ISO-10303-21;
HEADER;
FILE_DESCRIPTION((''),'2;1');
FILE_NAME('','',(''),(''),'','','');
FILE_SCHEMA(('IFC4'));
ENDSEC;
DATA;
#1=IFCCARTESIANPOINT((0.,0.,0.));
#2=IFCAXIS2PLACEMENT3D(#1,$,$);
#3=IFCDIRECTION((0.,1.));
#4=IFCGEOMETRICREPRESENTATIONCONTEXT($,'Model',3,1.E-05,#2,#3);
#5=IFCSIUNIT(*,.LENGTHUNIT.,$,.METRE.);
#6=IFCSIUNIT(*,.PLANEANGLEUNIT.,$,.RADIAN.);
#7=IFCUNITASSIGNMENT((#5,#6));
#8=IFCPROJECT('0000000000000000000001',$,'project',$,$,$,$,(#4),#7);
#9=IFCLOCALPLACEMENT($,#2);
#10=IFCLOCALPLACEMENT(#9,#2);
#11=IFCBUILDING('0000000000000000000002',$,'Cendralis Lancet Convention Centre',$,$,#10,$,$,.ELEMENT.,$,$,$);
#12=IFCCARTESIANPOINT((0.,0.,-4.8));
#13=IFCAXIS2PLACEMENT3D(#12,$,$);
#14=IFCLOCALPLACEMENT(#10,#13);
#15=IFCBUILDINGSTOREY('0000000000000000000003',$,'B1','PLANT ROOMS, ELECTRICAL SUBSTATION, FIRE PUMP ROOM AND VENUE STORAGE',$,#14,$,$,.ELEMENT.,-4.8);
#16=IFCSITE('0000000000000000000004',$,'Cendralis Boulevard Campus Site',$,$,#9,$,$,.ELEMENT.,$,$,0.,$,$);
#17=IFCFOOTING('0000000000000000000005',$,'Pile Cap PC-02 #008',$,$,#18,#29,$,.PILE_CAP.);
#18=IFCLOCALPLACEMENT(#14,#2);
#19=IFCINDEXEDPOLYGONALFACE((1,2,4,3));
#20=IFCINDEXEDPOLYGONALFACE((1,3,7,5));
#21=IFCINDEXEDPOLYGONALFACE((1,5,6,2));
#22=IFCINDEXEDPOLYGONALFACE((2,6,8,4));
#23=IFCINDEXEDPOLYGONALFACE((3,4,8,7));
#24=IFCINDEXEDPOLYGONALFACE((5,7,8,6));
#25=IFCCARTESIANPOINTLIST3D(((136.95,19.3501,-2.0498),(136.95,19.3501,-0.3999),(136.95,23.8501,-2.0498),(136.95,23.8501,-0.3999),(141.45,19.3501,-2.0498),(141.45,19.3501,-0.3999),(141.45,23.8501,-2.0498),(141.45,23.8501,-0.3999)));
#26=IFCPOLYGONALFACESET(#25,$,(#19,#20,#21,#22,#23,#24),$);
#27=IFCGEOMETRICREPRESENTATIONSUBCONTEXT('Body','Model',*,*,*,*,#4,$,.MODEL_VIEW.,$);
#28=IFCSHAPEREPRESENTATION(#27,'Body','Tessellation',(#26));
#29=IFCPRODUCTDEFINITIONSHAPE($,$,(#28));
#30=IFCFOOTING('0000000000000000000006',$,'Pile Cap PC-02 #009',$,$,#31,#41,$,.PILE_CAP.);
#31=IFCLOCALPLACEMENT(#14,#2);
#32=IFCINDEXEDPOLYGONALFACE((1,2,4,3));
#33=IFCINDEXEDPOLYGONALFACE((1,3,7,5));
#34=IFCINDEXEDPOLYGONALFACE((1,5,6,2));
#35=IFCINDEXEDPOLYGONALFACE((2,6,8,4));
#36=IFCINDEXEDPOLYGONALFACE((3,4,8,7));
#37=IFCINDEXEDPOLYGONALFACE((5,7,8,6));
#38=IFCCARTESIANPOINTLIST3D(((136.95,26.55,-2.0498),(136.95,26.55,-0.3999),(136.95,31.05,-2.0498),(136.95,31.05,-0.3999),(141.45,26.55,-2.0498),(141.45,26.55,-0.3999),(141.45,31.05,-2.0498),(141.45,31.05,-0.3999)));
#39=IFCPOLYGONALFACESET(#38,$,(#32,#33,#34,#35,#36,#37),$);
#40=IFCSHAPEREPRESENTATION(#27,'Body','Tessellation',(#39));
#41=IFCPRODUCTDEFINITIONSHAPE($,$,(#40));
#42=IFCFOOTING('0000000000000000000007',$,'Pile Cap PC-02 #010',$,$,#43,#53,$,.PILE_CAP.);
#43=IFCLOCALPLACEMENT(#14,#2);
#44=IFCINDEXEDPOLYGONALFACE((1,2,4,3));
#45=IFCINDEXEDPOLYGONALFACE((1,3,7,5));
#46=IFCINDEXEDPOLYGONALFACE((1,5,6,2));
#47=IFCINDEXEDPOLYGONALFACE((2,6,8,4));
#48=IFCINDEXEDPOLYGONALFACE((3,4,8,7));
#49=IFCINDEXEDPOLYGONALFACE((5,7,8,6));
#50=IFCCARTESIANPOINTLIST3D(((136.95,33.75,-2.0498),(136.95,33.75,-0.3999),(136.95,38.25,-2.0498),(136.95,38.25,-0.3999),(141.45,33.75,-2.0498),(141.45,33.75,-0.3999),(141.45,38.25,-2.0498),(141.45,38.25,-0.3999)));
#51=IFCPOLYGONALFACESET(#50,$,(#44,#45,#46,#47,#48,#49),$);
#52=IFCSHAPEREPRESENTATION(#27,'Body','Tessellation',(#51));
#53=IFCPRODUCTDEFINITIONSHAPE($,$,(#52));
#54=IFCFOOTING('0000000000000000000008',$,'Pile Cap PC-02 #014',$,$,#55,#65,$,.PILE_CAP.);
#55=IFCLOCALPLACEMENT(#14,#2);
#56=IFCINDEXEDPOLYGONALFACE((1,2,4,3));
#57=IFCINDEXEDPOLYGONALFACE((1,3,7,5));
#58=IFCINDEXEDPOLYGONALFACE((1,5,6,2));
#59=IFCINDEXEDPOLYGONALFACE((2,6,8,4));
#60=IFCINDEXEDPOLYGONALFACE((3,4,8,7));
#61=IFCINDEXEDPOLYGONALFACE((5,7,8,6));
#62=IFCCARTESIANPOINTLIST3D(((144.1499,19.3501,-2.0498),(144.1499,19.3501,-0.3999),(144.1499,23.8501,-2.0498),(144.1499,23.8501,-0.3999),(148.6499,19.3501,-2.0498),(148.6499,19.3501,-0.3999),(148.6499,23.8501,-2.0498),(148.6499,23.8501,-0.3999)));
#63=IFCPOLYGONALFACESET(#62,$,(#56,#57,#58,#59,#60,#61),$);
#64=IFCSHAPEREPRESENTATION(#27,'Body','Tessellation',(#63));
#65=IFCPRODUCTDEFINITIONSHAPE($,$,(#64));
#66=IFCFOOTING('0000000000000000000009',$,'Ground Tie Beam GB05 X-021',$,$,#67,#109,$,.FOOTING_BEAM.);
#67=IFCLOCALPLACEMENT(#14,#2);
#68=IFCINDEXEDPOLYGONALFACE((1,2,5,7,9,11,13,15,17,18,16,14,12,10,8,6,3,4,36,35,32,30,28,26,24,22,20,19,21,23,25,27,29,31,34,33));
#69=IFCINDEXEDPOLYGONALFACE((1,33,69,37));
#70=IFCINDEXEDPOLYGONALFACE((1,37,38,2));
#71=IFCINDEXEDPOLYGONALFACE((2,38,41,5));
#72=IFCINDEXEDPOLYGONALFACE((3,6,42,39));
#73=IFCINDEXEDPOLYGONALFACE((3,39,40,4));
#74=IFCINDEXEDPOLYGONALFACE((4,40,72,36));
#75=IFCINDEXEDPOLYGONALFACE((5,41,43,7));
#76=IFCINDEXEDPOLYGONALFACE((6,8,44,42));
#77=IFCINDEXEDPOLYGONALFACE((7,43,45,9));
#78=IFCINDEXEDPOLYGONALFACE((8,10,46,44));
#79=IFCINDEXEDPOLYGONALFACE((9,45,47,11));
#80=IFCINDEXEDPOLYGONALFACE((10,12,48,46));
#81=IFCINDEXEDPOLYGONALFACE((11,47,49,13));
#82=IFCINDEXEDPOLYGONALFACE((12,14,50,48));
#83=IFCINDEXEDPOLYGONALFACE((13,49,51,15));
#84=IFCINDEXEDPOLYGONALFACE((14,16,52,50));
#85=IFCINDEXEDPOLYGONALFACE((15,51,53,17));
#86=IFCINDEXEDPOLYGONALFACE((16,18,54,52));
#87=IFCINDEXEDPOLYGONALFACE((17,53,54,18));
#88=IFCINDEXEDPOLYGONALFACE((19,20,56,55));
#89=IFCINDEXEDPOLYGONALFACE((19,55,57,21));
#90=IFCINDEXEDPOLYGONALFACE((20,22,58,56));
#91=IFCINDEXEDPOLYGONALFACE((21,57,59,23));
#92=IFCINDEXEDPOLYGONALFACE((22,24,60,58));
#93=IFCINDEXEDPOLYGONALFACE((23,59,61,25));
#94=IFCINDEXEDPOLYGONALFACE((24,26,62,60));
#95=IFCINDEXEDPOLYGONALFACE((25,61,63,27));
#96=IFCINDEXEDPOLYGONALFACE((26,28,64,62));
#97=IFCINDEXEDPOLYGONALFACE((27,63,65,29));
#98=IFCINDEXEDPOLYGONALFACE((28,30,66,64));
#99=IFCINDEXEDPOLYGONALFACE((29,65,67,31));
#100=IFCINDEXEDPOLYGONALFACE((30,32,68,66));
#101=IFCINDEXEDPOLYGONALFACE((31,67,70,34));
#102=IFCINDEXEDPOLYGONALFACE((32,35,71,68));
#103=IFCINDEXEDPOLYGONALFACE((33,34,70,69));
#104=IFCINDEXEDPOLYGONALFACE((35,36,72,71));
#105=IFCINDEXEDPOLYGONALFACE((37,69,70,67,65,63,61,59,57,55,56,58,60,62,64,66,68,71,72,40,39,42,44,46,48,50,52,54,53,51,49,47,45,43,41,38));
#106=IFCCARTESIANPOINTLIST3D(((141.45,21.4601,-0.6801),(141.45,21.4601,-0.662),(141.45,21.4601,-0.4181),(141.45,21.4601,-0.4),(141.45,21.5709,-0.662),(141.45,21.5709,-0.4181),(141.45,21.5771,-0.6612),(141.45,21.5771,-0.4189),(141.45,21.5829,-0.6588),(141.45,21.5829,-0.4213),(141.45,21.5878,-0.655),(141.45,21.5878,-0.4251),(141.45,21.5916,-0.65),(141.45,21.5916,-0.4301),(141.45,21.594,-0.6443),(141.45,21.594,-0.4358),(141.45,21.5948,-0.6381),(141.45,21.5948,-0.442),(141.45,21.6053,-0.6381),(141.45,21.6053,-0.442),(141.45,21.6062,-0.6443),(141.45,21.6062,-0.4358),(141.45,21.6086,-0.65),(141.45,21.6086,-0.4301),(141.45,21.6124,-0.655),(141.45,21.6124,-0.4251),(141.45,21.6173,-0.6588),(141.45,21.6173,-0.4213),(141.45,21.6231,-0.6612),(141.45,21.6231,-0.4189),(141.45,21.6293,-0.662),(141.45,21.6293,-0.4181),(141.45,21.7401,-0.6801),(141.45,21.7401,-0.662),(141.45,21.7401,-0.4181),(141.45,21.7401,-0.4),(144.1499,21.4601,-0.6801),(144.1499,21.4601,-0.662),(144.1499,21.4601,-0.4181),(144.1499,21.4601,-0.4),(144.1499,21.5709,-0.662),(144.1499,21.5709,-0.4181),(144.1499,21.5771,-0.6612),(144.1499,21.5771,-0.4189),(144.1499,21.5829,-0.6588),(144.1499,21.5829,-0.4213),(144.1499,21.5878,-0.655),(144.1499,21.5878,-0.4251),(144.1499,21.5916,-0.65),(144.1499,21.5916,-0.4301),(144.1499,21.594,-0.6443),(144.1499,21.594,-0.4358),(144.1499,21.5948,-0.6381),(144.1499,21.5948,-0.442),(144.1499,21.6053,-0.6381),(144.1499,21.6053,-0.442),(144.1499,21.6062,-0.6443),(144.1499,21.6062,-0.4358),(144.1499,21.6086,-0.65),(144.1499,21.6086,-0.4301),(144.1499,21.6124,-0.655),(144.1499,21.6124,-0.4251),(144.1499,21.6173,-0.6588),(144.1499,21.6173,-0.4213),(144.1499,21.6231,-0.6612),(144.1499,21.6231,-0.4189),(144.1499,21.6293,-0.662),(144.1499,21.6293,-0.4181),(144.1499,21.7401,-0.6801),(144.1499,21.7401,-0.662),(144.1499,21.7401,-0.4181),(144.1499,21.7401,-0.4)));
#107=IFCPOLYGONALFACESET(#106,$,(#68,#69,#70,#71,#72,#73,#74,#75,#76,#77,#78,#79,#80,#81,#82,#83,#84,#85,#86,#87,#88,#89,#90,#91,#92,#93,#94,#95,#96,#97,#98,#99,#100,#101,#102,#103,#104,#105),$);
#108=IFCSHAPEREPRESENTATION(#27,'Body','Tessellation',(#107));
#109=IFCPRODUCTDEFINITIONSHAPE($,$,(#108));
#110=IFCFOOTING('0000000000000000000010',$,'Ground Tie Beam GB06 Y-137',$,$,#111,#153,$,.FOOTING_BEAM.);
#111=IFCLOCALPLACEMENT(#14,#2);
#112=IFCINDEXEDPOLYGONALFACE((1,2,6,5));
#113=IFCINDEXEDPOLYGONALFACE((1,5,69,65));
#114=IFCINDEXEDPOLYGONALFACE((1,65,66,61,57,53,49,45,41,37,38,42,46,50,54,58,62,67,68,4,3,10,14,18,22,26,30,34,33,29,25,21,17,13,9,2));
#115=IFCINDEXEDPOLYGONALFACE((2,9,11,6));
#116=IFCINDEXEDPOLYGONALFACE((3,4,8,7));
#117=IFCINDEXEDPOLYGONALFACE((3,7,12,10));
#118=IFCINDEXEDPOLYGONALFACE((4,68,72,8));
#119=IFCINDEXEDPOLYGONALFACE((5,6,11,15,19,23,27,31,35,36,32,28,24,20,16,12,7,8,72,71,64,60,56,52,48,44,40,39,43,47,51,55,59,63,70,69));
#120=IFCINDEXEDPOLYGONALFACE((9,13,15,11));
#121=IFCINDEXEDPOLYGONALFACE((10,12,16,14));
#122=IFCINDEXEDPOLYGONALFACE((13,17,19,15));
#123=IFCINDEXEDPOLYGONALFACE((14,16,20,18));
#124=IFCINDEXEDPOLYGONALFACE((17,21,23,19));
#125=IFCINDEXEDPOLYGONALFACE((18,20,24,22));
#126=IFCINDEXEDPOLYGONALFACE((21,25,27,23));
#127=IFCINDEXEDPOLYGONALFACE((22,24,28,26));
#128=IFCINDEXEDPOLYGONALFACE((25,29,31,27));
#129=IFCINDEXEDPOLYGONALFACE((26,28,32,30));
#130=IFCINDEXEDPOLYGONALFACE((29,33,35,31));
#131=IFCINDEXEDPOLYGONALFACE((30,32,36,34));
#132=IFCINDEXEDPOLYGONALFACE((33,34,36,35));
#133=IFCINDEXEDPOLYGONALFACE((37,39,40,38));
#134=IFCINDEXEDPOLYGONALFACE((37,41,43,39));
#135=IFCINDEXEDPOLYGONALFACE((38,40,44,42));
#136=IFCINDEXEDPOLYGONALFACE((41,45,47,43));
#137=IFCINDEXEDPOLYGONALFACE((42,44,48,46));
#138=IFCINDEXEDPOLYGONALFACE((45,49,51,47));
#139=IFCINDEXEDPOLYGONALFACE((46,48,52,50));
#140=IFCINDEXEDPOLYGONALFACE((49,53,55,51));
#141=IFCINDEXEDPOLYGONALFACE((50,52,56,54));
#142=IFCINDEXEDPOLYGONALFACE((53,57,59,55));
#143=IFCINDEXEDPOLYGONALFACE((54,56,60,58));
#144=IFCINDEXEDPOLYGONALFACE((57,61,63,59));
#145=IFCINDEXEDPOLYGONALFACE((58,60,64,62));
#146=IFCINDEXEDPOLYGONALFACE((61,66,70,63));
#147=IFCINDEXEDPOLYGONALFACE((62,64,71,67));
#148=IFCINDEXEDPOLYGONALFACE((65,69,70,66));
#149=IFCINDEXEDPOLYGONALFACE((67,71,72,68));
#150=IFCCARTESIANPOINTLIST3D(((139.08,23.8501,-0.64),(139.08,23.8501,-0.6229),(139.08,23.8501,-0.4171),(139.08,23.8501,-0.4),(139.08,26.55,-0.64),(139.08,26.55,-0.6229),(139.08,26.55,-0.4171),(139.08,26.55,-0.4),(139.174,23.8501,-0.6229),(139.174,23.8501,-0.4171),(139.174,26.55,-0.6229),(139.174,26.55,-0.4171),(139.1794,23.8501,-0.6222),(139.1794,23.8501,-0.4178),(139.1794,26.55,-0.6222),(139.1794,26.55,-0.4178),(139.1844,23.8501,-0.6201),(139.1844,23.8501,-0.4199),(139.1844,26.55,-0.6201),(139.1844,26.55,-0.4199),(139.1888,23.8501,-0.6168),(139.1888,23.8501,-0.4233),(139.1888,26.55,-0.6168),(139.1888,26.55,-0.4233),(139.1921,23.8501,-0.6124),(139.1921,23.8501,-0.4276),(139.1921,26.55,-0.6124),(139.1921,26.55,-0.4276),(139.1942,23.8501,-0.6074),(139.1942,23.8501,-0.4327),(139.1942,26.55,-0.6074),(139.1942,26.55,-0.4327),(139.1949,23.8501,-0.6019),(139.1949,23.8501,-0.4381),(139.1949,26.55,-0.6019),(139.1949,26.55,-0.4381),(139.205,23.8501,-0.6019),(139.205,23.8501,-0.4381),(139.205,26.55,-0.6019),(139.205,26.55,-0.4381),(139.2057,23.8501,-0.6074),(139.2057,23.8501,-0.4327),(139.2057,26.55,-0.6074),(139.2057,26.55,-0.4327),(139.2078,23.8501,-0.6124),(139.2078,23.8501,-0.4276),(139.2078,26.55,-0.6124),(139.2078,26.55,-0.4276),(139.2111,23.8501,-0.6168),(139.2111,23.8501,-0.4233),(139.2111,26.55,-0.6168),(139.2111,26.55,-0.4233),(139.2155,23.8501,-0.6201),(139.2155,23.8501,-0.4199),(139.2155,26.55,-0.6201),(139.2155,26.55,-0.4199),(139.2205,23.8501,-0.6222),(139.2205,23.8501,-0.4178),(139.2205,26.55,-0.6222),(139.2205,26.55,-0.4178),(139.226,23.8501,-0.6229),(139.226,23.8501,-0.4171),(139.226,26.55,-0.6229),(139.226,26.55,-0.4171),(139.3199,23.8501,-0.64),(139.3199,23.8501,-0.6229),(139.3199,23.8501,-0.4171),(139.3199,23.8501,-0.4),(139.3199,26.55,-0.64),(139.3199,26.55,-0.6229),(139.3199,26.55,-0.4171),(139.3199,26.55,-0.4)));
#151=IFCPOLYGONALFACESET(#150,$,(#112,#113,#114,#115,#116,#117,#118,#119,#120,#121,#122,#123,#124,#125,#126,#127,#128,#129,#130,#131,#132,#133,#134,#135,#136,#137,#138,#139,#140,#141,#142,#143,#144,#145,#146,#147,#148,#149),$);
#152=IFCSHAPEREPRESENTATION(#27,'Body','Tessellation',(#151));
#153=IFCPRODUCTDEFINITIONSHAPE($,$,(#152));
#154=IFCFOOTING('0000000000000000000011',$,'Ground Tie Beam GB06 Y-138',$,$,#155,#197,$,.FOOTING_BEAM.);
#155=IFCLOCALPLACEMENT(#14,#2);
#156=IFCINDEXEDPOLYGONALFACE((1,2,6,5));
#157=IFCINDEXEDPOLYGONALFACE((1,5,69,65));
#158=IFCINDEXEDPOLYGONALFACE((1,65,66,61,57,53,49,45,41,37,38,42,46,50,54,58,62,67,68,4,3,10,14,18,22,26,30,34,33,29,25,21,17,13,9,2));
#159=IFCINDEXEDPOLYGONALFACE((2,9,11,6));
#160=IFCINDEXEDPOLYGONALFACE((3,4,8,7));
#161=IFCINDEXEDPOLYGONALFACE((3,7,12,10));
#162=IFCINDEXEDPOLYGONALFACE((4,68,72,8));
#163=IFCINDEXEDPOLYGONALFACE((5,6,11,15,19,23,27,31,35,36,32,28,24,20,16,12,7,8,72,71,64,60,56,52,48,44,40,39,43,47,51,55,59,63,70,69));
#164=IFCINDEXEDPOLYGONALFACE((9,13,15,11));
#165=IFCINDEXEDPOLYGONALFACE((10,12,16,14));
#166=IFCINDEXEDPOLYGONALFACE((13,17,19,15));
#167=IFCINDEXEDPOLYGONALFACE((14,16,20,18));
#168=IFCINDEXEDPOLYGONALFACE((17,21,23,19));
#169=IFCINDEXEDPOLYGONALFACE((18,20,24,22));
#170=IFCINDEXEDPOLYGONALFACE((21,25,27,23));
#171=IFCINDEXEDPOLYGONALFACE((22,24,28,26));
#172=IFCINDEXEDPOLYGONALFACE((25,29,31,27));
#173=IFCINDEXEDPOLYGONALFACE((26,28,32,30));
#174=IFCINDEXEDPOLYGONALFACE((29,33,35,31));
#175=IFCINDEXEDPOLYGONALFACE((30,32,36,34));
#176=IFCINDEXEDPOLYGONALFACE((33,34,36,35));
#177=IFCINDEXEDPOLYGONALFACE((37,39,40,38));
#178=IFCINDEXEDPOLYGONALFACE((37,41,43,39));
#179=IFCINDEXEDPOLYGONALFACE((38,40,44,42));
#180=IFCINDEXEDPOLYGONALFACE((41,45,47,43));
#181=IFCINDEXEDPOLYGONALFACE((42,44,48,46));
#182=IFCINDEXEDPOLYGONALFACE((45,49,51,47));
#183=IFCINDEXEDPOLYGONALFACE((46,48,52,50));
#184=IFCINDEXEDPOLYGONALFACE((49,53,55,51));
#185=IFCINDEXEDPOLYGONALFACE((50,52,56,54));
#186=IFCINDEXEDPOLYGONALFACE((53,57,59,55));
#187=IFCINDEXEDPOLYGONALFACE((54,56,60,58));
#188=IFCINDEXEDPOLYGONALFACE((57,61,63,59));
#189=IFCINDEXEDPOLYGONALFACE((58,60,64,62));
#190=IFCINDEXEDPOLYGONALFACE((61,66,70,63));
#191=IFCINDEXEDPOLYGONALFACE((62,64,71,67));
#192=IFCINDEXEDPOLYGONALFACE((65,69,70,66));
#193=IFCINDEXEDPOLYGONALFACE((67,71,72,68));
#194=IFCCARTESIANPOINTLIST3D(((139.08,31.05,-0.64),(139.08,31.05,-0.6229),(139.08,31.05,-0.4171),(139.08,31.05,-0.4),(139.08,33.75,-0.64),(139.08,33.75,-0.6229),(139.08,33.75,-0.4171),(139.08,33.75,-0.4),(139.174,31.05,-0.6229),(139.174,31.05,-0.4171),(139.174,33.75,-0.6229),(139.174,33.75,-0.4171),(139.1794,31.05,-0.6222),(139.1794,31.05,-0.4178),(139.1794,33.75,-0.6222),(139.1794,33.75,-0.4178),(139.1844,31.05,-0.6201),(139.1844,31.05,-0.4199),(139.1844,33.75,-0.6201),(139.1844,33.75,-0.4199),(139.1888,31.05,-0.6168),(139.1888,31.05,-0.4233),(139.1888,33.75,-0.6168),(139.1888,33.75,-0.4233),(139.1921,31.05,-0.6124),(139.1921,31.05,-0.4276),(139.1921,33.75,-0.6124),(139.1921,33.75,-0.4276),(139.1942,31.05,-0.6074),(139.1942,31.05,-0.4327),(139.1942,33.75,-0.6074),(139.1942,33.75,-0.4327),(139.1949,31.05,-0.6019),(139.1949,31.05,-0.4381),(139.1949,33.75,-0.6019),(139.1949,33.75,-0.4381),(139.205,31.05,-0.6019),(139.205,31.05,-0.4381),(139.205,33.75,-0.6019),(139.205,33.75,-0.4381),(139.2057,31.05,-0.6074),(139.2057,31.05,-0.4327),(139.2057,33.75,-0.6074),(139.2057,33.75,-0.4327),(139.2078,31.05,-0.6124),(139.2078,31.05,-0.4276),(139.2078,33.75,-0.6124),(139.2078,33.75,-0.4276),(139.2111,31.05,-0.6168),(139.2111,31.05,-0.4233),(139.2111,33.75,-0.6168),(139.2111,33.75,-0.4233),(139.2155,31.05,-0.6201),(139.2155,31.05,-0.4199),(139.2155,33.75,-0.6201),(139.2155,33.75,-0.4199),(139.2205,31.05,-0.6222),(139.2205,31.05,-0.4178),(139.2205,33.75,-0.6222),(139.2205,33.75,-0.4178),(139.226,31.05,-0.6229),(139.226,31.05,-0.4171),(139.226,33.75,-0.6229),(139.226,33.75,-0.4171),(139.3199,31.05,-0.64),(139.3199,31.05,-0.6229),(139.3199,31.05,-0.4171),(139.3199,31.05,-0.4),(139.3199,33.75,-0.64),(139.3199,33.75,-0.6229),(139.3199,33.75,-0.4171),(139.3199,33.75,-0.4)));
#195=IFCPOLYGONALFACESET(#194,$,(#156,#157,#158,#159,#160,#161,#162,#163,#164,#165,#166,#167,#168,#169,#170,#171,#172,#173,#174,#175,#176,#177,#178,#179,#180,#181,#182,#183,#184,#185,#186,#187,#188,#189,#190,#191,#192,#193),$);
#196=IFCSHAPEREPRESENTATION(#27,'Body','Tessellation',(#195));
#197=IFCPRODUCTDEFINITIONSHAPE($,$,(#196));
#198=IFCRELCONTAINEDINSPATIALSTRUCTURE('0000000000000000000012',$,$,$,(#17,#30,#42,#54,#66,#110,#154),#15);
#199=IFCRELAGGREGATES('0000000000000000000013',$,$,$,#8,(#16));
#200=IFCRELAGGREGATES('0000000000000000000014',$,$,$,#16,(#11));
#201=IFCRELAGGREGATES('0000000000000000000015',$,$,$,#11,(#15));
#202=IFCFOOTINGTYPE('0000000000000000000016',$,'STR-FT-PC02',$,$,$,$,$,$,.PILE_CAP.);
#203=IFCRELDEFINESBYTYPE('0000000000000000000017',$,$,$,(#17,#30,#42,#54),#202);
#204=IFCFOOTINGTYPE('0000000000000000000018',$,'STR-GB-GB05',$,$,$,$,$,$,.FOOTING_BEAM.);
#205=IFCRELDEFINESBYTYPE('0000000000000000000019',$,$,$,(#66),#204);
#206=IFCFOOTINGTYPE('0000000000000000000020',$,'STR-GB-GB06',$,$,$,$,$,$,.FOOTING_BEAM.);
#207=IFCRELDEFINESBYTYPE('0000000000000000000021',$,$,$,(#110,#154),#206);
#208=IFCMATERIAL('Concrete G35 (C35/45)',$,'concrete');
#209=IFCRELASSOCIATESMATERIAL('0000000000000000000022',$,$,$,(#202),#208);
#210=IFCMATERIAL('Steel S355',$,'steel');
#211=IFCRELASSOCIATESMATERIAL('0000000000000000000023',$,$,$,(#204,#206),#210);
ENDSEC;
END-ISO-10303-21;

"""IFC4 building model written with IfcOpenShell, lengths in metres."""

from ifc_helpers import new_model, si_unit, direction, frame, origin, origin_2d, place, context, subcontext, project, spatial, rectangle, i_section, extrude, material, material_profile, profile_set, type_object, element, save


model = new_model("IFC4")

# Units and contexts
model_context = context("Model", 3, precision=1e-05, world=origin(), true_north=direction((0.0, 1.0)))
body_context = subcontext(model_context, "Body", "Model", "MODEL_VIEW")
ifc_project = project(units=[si_unit("LENGTHUNIT", "METRE"), si_unit("PLANEANGLEUNIT", "RADIAN")], contexts=[model_context])

# Site, building, storey
site_placement = place(None, origin())
site = spatial("IfcSite", under=ifc_project, at=site_placement, Name="Cendralis Boulevard Campus Site", CompositionType="ELEMENT", RefElevation=0.0)
building_placement = place(site_placement, origin())
building = spatial("IfcBuilding", under=site, at=building_placement, Name="Cendralis Lancet Convention Centre", CompositionType="ELEMENT")
storey_placement = place(building_placement, frame((0.0, 0.0, -4.8)))
storey = spatial("IfcBuildingStorey", under=building, at=storey_placement, Name="B1", Description="PLANT ROOMS, ELECTRICAL SUBSTATION, FIRE PUMP ROOM AND VENUE STORAGE", CompositionType="ELEMENT", Elevation=-4.8)

# Footings
ifc_material_1 = material(Name="Concrete G35 (C35/45)", Category="concrete")
footing_type_1 = type_object("IfcFootingType", Name="STR-FT-PC02", PredefinedType="PILE_CAP", material=ifc_material_1)
for number, where, z_axis, x_axis, name in (
    (1, (139.2, 21.6001, -2.0498), (0.0, 0.0, 1.0), (1.0, 0.0, 0.0), "Pile Cap PC-02 #008"),
    (2, (139.2, 28.8, -2.0498), (0.0, 0.0, 1.0), (1.0, 0.0, 0.0), "Pile Cap PC-02 #009"),
    (3, (139.2, 36.0, -2.0498), (0.0, 0.0, 1.0), (1.0, 0.0, 0.0), "Pile Cap PC-02 #010"),
    (4, (146.3999, 21.6001, -2.0498), (0.0, 0.0, 1.0), (1.0, 0.0, 0.0), "Pile Cap PC-02 #014"),
):
    element("IfcFooting", number, at=place(storey_placement, frame(where, z_axis=z_axis, x_axis=x_axis)), inside=storey, type_object=footing_type_1, Name=name, PredefinedType="PILE_CAP", context=body_context, shape_type="SweptSolid", body=[
        extrude(rectangle(XDim=4.5, YDim=4.5, at=origin_2d()), origin(), (0.0, 0.0, 1.0), 1.6499),
    ])
ifc_material_2 = material(Name="Steel S355", Category="steel")
ifc_material_profile_1 = material_profile(ifc_material_2, i_section(OverallWidth=0.28, OverallDepth=0.28, WebThickness=0.0105, FlangeThickness=0.0181, FilletRadius=0.0239, at=origin_2d()), Name="HEB 280")
ifc_profile_set_1 = profile_set([ifc_material_profile_1], Name="Steel S355")
footing_type_2 = type_object("IfcFootingType", Name="STR-GB-GB05", PredefinedType="FOOTING_BEAM", material=ifc_profile_set_1)
footing_1_placement = place(storey_placement, frame((141.45, 21.6001, -0.54), z_axis=(1.0, 0.0, 0.0), x_axis=(0.0, 1.0, 0.0)))
element("IfcFooting", 5, at=footing_1_placement, inside=storey, type_object=footing_type_2, Name="Ground Tie Beam GB05 X-021", PredefinedType="FOOTING_BEAM", context=body_context, shape_type="SweptSolid", body=[
    extrude(i_section(OverallWidth=0.28, OverallDepth=0.28, WebThickness=0.0105, FlangeThickness=0.0181, FilletRadius=0.0239, at=origin_2d()), origin(), (0.0, 0.0, 1.0), 2.7),
])
ifc_material_profile_2 = material_profile(ifc_material_2, i_section(OverallWidth=0.24, OverallDepth=0.24, WebThickness=0.01, FlangeThickness=0.0171, FilletRadius=0.021, at=origin_2d()), Name="HEB 240")
ifc_profile_set_2 = profile_set([ifc_material_profile_2], Name="Steel S355")
footing_type_3 = type_object("IfcFootingType", Name="STR-GB-GB06", PredefinedType="FOOTING_BEAM", material=ifc_profile_set_2)
for number, where, z_axis, x_axis, name in (
    (6, (139.2, 23.8501, -0.52), (0.0, 1.0, 0.0), (-1.0, 0.0, 0.0), "Ground Tie Beam GB06 Y-137"),
    (7, (139.2, 31.05, -0.52), (0.0, 1.0, 0.0), (-1.0, 0.0, 0.0), "Ground Tie Beam GB06 Y-138"),
):
    element("IfcFooting", number, at=place(storey_placement, frame(where, z_axis=z_axis, x_axis=x_axis)), inside=storey, type_object=footing_type_3, Name=name, PredefinedType="FOOTING_BEAM", context=body_context, shape_type="SweptSolid", body=[
        extrude(i_section(OverallWidth=0.24, OverallDepth=0.24, WebThickness=0.01, FlangeThickness=0.0171, FilletRadius=0.021, at=origin_2d()), origin(), (0.0, 0.0, 1.0), 2.7),
    ])

save(model, "model.ifc")
